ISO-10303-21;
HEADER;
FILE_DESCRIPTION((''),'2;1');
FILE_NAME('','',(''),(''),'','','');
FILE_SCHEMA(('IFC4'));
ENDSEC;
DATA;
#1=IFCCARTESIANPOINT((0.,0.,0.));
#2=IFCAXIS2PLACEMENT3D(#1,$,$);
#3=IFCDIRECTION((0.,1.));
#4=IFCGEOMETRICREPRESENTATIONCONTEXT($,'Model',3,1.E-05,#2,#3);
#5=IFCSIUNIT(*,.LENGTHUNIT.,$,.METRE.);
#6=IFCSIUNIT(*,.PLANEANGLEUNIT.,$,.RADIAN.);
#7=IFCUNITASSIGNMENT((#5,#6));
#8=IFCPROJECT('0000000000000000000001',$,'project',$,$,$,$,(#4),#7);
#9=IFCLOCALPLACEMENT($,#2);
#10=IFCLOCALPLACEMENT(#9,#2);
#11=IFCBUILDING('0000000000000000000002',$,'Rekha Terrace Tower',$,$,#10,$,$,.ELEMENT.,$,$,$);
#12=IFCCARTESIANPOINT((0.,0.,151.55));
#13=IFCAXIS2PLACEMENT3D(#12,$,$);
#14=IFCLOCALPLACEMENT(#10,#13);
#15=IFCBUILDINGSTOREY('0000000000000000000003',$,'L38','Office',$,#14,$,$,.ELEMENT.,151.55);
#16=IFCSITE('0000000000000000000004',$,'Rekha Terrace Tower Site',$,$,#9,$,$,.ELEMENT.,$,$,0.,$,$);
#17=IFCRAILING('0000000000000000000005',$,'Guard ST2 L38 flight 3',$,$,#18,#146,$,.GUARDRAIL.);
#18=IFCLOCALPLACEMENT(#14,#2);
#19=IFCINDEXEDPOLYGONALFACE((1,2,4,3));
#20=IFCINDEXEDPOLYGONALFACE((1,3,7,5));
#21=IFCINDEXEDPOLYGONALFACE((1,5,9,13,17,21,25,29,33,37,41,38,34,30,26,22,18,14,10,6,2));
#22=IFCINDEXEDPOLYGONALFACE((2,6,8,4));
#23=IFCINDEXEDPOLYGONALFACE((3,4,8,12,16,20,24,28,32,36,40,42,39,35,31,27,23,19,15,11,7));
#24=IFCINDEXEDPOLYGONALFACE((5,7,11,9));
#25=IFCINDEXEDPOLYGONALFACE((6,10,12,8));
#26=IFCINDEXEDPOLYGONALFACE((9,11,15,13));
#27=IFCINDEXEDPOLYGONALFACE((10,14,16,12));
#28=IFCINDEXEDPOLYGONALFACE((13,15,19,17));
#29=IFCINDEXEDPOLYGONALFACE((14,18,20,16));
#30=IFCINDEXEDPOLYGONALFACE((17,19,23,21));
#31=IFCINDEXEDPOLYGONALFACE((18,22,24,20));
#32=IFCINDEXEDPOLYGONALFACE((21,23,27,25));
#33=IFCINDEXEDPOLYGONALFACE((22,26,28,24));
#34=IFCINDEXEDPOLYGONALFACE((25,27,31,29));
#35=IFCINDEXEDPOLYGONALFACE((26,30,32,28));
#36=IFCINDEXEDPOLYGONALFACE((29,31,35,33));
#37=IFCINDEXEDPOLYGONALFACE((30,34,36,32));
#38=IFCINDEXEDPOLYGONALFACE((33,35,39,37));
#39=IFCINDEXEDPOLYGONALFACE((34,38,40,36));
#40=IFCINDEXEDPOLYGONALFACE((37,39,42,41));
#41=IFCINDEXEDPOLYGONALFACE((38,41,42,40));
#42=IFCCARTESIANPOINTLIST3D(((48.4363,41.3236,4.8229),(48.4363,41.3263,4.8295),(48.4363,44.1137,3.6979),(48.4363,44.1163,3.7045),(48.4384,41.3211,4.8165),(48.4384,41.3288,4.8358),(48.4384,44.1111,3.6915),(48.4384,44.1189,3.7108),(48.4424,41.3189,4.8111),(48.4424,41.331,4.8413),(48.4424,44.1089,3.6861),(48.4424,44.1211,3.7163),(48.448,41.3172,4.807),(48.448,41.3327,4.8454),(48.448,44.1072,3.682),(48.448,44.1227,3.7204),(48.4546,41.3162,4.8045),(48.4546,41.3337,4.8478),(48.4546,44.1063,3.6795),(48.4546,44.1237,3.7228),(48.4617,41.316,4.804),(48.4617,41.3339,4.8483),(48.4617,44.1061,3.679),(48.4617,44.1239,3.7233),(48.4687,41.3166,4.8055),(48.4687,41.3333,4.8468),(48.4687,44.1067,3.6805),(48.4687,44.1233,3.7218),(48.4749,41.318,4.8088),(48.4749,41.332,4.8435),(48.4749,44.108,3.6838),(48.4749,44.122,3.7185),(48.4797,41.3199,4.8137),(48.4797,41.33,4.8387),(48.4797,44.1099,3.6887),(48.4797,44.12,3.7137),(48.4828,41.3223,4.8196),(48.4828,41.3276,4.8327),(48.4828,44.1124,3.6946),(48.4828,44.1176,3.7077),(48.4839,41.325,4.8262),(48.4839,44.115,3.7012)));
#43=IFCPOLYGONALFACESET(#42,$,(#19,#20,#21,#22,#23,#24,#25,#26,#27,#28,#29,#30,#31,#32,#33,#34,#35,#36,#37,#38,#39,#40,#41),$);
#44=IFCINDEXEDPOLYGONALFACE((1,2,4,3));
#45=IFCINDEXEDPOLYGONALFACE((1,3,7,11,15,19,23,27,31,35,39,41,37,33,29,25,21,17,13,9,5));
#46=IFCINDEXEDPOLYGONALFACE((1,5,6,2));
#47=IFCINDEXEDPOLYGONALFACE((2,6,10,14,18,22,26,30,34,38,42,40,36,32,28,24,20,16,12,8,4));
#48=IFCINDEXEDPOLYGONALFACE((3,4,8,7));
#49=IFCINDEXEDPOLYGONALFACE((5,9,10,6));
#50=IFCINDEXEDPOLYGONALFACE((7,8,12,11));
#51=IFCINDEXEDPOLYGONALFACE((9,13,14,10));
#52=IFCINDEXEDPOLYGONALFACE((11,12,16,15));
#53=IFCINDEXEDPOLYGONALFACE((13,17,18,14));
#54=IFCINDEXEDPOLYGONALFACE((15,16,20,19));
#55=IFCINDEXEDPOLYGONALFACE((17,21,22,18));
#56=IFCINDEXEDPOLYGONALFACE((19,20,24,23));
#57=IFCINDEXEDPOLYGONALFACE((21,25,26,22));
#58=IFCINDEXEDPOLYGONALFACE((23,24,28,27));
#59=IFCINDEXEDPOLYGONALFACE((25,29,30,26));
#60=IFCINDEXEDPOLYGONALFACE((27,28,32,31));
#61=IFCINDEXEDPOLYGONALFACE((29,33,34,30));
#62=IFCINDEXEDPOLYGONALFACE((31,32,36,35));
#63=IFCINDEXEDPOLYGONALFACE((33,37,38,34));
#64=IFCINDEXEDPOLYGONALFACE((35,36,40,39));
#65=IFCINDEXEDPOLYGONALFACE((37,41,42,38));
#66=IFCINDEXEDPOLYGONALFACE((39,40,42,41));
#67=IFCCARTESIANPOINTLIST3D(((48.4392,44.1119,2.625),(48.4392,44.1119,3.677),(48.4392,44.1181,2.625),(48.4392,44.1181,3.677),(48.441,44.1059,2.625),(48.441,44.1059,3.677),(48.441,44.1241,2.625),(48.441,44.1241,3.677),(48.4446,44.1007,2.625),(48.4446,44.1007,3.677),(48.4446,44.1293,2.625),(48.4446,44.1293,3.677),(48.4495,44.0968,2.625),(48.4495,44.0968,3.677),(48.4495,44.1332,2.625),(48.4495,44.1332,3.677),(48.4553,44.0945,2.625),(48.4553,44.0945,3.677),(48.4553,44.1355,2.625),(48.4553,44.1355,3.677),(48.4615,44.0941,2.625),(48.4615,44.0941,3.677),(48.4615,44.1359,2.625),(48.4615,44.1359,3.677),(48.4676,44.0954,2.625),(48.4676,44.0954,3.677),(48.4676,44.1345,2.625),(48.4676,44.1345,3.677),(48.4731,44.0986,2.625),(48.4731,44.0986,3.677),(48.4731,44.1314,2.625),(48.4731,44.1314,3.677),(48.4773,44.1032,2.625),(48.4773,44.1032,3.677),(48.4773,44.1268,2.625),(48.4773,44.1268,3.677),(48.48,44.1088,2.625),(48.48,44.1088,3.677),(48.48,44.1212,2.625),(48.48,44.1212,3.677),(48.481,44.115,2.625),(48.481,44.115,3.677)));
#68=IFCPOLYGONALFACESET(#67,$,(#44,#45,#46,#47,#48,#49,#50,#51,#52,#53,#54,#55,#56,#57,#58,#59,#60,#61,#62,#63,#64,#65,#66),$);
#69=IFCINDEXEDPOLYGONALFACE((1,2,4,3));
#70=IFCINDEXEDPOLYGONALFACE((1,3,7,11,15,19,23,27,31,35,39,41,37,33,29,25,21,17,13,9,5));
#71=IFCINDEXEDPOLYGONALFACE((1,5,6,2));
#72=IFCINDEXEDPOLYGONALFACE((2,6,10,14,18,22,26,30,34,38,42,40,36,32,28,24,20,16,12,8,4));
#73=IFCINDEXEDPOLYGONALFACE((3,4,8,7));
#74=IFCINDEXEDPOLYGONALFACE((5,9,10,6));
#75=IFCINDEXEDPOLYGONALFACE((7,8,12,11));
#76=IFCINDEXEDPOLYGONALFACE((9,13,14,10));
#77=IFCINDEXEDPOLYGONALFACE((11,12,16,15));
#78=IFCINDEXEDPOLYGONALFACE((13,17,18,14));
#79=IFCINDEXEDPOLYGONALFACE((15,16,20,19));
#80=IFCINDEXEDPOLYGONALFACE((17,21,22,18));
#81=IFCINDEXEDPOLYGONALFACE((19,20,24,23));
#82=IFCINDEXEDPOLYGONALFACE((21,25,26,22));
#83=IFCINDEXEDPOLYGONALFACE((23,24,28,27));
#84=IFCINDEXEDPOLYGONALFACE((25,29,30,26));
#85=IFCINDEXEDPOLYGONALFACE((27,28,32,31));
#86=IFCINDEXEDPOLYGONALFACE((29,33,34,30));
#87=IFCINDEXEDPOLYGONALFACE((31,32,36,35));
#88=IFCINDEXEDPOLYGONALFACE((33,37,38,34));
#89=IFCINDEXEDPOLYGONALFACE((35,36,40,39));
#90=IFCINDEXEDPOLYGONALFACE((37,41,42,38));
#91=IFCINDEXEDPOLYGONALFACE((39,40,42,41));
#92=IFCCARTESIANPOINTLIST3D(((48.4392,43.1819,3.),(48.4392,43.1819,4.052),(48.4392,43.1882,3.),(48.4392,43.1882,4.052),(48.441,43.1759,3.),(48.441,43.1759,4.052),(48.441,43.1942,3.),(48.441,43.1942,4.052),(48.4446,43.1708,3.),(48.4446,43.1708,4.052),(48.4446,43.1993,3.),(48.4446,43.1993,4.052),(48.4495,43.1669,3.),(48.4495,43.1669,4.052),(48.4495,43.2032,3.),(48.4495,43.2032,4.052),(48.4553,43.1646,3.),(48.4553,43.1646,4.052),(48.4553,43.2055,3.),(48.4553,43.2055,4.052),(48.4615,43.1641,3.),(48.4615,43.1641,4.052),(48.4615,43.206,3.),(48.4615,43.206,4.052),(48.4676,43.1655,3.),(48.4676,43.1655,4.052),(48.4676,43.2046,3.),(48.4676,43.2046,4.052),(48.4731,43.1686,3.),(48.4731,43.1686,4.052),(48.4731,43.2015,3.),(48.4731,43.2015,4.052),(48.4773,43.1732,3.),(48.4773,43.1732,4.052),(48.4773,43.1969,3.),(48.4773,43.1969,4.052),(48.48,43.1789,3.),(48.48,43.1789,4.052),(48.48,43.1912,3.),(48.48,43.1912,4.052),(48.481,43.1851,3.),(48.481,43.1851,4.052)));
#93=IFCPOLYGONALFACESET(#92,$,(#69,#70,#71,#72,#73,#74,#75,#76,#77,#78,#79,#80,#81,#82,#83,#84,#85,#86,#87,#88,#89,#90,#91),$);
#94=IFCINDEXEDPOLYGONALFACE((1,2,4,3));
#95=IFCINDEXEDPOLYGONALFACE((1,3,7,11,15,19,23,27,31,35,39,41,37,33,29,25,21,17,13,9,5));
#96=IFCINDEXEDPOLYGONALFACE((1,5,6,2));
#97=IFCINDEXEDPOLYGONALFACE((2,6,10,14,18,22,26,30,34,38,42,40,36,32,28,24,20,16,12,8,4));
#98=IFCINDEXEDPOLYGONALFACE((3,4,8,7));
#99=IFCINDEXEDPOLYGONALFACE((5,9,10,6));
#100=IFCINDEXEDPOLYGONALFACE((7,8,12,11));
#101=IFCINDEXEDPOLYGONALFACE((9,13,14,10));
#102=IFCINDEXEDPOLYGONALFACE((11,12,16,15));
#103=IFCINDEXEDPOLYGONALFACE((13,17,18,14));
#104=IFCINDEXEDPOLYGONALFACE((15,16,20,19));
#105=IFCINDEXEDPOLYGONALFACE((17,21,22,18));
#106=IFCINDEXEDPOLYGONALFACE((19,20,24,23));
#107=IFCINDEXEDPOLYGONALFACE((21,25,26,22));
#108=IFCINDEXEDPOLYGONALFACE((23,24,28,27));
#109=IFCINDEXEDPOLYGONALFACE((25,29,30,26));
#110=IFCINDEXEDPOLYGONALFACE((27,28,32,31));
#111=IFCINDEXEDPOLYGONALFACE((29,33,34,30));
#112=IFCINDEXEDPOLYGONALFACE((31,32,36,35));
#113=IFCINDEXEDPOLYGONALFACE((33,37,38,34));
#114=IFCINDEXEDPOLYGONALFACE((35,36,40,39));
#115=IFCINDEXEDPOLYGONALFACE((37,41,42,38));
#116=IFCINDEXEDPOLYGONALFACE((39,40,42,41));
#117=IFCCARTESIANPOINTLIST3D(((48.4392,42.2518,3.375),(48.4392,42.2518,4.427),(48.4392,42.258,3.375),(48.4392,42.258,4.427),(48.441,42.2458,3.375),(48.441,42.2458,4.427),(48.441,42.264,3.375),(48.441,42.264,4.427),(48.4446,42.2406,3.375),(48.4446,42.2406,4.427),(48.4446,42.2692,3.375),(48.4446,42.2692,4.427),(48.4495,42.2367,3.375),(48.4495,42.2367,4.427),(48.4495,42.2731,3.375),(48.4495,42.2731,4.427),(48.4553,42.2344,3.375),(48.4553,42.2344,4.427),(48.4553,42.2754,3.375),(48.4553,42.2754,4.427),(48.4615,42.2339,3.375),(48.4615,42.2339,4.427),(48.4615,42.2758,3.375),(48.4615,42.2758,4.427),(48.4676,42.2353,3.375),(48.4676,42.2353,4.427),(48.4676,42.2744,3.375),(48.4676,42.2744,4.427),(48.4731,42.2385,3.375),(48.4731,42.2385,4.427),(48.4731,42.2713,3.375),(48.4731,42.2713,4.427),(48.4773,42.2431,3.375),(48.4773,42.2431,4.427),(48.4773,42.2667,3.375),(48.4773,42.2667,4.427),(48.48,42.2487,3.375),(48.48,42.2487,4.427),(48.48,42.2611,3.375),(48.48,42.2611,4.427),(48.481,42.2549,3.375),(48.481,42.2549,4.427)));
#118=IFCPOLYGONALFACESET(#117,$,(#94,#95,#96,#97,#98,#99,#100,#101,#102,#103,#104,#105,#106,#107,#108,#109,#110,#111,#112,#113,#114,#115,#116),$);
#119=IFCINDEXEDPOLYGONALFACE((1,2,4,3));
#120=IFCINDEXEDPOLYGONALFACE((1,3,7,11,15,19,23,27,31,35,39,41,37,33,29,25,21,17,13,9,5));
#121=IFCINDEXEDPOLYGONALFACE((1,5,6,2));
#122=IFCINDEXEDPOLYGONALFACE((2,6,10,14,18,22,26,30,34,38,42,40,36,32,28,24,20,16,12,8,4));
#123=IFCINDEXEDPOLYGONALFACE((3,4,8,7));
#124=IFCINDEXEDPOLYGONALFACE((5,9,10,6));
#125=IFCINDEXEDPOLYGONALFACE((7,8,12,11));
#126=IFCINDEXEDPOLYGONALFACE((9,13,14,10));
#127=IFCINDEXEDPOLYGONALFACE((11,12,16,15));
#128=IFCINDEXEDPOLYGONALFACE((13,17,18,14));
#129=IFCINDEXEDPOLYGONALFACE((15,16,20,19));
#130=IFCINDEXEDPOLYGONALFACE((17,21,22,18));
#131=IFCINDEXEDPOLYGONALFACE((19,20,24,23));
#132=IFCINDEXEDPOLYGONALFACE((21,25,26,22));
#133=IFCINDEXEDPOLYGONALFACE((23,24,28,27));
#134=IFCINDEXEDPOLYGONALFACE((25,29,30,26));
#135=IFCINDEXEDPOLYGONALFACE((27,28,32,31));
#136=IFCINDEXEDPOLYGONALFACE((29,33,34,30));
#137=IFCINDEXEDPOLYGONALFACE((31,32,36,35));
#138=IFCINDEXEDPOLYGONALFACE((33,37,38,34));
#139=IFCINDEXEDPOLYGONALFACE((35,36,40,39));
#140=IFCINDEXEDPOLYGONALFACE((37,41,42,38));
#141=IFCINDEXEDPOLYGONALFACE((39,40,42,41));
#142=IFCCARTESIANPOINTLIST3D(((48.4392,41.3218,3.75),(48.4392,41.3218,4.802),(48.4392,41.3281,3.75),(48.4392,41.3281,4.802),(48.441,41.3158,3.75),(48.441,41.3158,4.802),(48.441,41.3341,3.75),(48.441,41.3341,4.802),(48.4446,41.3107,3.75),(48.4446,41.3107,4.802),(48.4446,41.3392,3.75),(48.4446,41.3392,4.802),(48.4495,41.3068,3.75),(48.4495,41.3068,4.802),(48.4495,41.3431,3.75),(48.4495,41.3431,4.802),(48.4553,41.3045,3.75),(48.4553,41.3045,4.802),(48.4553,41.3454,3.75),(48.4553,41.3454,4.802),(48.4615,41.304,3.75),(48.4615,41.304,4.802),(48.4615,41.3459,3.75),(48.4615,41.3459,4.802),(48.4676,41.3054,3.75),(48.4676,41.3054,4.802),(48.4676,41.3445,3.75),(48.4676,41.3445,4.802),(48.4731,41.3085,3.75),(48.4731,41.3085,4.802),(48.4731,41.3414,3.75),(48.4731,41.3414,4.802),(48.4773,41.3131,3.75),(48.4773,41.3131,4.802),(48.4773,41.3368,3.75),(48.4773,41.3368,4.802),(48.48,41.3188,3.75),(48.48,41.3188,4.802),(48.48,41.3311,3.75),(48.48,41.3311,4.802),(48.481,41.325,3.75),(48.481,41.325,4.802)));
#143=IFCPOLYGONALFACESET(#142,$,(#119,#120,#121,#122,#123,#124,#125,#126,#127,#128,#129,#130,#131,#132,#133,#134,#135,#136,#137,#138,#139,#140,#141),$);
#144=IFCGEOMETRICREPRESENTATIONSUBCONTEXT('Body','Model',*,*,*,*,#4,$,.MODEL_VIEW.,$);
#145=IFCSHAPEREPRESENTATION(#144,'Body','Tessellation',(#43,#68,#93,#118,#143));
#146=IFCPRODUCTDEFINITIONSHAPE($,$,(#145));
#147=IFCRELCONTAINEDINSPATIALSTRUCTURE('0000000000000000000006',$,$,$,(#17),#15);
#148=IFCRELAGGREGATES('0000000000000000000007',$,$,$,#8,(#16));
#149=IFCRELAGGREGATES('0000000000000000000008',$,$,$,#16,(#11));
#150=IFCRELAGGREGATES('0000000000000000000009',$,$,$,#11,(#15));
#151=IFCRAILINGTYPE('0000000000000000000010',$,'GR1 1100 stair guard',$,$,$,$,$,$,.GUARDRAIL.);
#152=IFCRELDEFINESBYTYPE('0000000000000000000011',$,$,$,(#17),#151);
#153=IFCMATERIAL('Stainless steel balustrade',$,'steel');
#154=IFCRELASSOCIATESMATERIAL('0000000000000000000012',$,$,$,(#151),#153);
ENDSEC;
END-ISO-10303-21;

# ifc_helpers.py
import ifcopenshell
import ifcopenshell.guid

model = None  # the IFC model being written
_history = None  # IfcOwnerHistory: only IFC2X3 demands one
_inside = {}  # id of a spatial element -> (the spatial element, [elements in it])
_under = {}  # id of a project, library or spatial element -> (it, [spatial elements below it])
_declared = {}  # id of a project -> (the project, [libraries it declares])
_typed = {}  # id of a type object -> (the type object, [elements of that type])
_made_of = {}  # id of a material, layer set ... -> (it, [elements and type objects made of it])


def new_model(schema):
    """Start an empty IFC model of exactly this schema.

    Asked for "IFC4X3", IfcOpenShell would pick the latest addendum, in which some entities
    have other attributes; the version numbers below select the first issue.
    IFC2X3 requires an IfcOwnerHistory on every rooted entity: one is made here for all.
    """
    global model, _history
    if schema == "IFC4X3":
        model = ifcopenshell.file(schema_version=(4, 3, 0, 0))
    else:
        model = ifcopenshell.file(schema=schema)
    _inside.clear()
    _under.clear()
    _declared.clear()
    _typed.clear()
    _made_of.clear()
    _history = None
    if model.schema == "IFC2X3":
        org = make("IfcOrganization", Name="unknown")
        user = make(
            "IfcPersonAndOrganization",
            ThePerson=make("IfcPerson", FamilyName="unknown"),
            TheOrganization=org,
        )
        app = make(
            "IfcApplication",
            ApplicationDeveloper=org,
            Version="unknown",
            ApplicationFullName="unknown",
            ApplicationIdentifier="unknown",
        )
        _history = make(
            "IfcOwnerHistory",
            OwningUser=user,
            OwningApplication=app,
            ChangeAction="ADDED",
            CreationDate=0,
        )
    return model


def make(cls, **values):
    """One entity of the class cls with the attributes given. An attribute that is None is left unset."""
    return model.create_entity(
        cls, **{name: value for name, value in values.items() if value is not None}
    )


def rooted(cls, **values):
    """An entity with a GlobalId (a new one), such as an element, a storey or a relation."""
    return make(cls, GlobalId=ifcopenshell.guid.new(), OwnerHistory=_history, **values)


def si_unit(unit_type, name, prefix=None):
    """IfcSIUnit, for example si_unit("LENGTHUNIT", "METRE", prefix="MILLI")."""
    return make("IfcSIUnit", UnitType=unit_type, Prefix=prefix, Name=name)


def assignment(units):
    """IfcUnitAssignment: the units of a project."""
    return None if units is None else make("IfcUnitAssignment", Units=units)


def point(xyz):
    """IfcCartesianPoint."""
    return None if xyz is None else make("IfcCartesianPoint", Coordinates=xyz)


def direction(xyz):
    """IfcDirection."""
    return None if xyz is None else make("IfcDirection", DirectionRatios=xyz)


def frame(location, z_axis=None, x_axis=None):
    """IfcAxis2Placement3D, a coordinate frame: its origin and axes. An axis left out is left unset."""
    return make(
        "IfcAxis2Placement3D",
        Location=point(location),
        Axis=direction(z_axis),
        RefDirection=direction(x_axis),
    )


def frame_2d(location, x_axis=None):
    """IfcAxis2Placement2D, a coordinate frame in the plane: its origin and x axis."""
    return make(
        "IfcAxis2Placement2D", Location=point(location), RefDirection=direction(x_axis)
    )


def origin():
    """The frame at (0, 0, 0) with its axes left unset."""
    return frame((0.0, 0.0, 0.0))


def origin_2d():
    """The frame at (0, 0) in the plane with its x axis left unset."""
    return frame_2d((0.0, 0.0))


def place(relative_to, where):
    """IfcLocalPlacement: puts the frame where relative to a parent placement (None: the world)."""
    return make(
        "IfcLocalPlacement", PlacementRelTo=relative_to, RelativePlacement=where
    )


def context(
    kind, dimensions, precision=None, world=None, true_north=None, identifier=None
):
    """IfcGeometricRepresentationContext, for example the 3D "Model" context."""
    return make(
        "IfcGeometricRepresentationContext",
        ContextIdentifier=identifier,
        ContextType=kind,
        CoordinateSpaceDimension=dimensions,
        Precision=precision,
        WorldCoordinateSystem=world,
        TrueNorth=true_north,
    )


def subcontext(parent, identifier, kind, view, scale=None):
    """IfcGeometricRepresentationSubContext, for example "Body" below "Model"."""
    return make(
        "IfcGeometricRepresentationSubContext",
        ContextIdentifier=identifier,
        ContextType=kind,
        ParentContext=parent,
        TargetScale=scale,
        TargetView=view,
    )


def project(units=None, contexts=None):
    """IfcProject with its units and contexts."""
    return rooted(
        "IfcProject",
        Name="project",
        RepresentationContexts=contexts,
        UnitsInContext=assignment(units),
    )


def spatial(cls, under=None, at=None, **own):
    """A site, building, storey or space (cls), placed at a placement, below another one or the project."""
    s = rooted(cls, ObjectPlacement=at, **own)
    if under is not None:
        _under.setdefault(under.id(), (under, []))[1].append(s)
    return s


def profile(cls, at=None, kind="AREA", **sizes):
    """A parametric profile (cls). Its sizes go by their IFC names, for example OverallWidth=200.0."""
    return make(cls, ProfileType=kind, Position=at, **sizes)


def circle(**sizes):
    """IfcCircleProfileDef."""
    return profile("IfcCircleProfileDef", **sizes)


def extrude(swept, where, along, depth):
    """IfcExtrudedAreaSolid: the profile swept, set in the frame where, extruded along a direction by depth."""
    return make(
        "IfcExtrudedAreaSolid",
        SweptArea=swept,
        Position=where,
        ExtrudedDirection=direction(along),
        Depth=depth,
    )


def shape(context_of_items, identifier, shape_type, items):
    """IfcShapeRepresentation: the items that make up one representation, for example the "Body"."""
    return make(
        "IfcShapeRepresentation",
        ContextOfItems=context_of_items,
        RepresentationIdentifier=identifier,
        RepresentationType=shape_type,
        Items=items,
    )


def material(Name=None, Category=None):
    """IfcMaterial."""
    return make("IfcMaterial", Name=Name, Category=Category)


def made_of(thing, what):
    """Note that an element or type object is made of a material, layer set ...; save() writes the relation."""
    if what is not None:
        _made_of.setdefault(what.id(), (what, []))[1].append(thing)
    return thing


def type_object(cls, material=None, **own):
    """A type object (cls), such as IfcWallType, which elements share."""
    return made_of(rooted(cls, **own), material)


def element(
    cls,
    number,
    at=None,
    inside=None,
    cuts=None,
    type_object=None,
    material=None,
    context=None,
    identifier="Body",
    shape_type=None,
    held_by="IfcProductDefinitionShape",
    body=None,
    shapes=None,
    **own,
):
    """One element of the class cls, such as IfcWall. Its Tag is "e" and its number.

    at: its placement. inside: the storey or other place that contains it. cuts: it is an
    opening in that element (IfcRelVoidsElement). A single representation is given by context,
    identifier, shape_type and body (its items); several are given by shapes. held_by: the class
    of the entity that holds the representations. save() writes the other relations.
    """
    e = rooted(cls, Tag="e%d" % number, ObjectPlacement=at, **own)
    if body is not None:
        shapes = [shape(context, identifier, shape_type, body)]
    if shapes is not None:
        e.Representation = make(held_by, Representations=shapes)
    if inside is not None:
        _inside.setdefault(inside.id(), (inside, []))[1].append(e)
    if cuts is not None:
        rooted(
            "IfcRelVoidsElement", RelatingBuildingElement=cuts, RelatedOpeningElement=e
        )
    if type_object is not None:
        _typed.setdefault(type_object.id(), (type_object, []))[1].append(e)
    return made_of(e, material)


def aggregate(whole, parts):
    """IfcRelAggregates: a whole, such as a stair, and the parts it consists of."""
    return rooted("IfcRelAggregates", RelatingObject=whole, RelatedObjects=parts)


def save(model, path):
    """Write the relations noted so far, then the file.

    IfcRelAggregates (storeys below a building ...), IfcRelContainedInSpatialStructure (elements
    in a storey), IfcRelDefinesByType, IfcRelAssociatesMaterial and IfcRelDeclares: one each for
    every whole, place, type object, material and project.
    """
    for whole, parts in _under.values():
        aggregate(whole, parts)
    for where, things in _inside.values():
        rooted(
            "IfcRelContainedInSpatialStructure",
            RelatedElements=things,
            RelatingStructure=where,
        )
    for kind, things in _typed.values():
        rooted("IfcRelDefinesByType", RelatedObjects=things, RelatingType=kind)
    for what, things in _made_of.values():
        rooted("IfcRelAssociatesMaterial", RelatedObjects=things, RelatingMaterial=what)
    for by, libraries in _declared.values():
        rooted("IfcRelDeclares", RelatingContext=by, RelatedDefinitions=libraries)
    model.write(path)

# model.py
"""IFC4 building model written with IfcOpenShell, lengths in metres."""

from ifc_helpers import new_model, si_unit, direction, frame, origin, origin_2d, place, context, subcontext, project, spatial, circle, extrude, material, type_object, element, save


model = new_model("IFC4")

# Units and contexts
model_context = context("Model", 3, precision=1e-05, world=origin(), true_north=direction((0.0, 1.0)))
body_context = subcontext(model_context, "Body", "Model", "MODEL_VIEW")
ifc_project = project(units=[si_unit("LENGTHUNIT", "METRE"), si_unit("PLANEANGLEUNIT", "RADIAN")], contexts=[model_context])

# Site, building, storey
site_placement = place(None, origin())
site = spatial("IfcSite", under=ifc_project, at=site_placement, Name="Rekha Terrace Tower Site", CompositionType="ELEMENT", RefElevation=0.0)
building_placement = place(site_placement, origin())
building = spatial("IfcBuilding", under=site, at=building_placement, Name="Rekha Terrace Tower", CompositionType="ELEMENT")
storey_placement = place(building_placement, frame((0.0, 0.0, 151.55)))
storey = spatial("IfcBuildingStorey", under=building, at=storey_placement, Name="L38", Description="Office", CompositionType="ELEMENT", Elevation=151.55)

# Railing
ifc_material_1 = material(Name="Stainless steel balustrade", Category="steel")
railing_type_1 = type_object("IfcRailingType", Name="GR1 1100 stair guard", PredefinedType="GUARDRAIL", material=ifc_material_1)
railing_1_placement = place(storey_placement, frame((48.46, 44.115, 2.625)))
element("IfcRailing", 1, at=railing_1_placement, inside=storey, type_object=railing_type_1, Name="Guard ST2 L38 flight 3", PredefinedType="GUARDRAIL", context=body_context, shape_type="SweptSolid", body=[
    extrude(circle(Radius=0.0239, at=origin_2d()), frame((0.0, 0.0, 1.0762), z_axis=(0.0, -0.927443, 0.373964), x_axis=(1.0, 0.0, 0.0)), (0.0, 0.0, 1.0), 3.0083),
    extrude(circle(Radius=0.021, at=origin_2d()), origin(), (0.0, 0.0, 1.0), 1.052),
    extrude(circle(Radius=0.021, at=origin_2d()), frame((0.0, -0.9299, 0.375)), (0.0, 0.0, 1.0), 1.052),
    extrude(circle(Radius=0.021, at=origin_2d()), frame((0.0, -1.8601, 0.75)), (0.0, 0.0, 1.0), 1.052),
    extrude(circle(Radius=0.021, at=origin_2d()), frame((0.0, -2.79, 1.125)), (0.0, 0.0, 1.0), 1.052),
])

save(model, "model.ifc")
